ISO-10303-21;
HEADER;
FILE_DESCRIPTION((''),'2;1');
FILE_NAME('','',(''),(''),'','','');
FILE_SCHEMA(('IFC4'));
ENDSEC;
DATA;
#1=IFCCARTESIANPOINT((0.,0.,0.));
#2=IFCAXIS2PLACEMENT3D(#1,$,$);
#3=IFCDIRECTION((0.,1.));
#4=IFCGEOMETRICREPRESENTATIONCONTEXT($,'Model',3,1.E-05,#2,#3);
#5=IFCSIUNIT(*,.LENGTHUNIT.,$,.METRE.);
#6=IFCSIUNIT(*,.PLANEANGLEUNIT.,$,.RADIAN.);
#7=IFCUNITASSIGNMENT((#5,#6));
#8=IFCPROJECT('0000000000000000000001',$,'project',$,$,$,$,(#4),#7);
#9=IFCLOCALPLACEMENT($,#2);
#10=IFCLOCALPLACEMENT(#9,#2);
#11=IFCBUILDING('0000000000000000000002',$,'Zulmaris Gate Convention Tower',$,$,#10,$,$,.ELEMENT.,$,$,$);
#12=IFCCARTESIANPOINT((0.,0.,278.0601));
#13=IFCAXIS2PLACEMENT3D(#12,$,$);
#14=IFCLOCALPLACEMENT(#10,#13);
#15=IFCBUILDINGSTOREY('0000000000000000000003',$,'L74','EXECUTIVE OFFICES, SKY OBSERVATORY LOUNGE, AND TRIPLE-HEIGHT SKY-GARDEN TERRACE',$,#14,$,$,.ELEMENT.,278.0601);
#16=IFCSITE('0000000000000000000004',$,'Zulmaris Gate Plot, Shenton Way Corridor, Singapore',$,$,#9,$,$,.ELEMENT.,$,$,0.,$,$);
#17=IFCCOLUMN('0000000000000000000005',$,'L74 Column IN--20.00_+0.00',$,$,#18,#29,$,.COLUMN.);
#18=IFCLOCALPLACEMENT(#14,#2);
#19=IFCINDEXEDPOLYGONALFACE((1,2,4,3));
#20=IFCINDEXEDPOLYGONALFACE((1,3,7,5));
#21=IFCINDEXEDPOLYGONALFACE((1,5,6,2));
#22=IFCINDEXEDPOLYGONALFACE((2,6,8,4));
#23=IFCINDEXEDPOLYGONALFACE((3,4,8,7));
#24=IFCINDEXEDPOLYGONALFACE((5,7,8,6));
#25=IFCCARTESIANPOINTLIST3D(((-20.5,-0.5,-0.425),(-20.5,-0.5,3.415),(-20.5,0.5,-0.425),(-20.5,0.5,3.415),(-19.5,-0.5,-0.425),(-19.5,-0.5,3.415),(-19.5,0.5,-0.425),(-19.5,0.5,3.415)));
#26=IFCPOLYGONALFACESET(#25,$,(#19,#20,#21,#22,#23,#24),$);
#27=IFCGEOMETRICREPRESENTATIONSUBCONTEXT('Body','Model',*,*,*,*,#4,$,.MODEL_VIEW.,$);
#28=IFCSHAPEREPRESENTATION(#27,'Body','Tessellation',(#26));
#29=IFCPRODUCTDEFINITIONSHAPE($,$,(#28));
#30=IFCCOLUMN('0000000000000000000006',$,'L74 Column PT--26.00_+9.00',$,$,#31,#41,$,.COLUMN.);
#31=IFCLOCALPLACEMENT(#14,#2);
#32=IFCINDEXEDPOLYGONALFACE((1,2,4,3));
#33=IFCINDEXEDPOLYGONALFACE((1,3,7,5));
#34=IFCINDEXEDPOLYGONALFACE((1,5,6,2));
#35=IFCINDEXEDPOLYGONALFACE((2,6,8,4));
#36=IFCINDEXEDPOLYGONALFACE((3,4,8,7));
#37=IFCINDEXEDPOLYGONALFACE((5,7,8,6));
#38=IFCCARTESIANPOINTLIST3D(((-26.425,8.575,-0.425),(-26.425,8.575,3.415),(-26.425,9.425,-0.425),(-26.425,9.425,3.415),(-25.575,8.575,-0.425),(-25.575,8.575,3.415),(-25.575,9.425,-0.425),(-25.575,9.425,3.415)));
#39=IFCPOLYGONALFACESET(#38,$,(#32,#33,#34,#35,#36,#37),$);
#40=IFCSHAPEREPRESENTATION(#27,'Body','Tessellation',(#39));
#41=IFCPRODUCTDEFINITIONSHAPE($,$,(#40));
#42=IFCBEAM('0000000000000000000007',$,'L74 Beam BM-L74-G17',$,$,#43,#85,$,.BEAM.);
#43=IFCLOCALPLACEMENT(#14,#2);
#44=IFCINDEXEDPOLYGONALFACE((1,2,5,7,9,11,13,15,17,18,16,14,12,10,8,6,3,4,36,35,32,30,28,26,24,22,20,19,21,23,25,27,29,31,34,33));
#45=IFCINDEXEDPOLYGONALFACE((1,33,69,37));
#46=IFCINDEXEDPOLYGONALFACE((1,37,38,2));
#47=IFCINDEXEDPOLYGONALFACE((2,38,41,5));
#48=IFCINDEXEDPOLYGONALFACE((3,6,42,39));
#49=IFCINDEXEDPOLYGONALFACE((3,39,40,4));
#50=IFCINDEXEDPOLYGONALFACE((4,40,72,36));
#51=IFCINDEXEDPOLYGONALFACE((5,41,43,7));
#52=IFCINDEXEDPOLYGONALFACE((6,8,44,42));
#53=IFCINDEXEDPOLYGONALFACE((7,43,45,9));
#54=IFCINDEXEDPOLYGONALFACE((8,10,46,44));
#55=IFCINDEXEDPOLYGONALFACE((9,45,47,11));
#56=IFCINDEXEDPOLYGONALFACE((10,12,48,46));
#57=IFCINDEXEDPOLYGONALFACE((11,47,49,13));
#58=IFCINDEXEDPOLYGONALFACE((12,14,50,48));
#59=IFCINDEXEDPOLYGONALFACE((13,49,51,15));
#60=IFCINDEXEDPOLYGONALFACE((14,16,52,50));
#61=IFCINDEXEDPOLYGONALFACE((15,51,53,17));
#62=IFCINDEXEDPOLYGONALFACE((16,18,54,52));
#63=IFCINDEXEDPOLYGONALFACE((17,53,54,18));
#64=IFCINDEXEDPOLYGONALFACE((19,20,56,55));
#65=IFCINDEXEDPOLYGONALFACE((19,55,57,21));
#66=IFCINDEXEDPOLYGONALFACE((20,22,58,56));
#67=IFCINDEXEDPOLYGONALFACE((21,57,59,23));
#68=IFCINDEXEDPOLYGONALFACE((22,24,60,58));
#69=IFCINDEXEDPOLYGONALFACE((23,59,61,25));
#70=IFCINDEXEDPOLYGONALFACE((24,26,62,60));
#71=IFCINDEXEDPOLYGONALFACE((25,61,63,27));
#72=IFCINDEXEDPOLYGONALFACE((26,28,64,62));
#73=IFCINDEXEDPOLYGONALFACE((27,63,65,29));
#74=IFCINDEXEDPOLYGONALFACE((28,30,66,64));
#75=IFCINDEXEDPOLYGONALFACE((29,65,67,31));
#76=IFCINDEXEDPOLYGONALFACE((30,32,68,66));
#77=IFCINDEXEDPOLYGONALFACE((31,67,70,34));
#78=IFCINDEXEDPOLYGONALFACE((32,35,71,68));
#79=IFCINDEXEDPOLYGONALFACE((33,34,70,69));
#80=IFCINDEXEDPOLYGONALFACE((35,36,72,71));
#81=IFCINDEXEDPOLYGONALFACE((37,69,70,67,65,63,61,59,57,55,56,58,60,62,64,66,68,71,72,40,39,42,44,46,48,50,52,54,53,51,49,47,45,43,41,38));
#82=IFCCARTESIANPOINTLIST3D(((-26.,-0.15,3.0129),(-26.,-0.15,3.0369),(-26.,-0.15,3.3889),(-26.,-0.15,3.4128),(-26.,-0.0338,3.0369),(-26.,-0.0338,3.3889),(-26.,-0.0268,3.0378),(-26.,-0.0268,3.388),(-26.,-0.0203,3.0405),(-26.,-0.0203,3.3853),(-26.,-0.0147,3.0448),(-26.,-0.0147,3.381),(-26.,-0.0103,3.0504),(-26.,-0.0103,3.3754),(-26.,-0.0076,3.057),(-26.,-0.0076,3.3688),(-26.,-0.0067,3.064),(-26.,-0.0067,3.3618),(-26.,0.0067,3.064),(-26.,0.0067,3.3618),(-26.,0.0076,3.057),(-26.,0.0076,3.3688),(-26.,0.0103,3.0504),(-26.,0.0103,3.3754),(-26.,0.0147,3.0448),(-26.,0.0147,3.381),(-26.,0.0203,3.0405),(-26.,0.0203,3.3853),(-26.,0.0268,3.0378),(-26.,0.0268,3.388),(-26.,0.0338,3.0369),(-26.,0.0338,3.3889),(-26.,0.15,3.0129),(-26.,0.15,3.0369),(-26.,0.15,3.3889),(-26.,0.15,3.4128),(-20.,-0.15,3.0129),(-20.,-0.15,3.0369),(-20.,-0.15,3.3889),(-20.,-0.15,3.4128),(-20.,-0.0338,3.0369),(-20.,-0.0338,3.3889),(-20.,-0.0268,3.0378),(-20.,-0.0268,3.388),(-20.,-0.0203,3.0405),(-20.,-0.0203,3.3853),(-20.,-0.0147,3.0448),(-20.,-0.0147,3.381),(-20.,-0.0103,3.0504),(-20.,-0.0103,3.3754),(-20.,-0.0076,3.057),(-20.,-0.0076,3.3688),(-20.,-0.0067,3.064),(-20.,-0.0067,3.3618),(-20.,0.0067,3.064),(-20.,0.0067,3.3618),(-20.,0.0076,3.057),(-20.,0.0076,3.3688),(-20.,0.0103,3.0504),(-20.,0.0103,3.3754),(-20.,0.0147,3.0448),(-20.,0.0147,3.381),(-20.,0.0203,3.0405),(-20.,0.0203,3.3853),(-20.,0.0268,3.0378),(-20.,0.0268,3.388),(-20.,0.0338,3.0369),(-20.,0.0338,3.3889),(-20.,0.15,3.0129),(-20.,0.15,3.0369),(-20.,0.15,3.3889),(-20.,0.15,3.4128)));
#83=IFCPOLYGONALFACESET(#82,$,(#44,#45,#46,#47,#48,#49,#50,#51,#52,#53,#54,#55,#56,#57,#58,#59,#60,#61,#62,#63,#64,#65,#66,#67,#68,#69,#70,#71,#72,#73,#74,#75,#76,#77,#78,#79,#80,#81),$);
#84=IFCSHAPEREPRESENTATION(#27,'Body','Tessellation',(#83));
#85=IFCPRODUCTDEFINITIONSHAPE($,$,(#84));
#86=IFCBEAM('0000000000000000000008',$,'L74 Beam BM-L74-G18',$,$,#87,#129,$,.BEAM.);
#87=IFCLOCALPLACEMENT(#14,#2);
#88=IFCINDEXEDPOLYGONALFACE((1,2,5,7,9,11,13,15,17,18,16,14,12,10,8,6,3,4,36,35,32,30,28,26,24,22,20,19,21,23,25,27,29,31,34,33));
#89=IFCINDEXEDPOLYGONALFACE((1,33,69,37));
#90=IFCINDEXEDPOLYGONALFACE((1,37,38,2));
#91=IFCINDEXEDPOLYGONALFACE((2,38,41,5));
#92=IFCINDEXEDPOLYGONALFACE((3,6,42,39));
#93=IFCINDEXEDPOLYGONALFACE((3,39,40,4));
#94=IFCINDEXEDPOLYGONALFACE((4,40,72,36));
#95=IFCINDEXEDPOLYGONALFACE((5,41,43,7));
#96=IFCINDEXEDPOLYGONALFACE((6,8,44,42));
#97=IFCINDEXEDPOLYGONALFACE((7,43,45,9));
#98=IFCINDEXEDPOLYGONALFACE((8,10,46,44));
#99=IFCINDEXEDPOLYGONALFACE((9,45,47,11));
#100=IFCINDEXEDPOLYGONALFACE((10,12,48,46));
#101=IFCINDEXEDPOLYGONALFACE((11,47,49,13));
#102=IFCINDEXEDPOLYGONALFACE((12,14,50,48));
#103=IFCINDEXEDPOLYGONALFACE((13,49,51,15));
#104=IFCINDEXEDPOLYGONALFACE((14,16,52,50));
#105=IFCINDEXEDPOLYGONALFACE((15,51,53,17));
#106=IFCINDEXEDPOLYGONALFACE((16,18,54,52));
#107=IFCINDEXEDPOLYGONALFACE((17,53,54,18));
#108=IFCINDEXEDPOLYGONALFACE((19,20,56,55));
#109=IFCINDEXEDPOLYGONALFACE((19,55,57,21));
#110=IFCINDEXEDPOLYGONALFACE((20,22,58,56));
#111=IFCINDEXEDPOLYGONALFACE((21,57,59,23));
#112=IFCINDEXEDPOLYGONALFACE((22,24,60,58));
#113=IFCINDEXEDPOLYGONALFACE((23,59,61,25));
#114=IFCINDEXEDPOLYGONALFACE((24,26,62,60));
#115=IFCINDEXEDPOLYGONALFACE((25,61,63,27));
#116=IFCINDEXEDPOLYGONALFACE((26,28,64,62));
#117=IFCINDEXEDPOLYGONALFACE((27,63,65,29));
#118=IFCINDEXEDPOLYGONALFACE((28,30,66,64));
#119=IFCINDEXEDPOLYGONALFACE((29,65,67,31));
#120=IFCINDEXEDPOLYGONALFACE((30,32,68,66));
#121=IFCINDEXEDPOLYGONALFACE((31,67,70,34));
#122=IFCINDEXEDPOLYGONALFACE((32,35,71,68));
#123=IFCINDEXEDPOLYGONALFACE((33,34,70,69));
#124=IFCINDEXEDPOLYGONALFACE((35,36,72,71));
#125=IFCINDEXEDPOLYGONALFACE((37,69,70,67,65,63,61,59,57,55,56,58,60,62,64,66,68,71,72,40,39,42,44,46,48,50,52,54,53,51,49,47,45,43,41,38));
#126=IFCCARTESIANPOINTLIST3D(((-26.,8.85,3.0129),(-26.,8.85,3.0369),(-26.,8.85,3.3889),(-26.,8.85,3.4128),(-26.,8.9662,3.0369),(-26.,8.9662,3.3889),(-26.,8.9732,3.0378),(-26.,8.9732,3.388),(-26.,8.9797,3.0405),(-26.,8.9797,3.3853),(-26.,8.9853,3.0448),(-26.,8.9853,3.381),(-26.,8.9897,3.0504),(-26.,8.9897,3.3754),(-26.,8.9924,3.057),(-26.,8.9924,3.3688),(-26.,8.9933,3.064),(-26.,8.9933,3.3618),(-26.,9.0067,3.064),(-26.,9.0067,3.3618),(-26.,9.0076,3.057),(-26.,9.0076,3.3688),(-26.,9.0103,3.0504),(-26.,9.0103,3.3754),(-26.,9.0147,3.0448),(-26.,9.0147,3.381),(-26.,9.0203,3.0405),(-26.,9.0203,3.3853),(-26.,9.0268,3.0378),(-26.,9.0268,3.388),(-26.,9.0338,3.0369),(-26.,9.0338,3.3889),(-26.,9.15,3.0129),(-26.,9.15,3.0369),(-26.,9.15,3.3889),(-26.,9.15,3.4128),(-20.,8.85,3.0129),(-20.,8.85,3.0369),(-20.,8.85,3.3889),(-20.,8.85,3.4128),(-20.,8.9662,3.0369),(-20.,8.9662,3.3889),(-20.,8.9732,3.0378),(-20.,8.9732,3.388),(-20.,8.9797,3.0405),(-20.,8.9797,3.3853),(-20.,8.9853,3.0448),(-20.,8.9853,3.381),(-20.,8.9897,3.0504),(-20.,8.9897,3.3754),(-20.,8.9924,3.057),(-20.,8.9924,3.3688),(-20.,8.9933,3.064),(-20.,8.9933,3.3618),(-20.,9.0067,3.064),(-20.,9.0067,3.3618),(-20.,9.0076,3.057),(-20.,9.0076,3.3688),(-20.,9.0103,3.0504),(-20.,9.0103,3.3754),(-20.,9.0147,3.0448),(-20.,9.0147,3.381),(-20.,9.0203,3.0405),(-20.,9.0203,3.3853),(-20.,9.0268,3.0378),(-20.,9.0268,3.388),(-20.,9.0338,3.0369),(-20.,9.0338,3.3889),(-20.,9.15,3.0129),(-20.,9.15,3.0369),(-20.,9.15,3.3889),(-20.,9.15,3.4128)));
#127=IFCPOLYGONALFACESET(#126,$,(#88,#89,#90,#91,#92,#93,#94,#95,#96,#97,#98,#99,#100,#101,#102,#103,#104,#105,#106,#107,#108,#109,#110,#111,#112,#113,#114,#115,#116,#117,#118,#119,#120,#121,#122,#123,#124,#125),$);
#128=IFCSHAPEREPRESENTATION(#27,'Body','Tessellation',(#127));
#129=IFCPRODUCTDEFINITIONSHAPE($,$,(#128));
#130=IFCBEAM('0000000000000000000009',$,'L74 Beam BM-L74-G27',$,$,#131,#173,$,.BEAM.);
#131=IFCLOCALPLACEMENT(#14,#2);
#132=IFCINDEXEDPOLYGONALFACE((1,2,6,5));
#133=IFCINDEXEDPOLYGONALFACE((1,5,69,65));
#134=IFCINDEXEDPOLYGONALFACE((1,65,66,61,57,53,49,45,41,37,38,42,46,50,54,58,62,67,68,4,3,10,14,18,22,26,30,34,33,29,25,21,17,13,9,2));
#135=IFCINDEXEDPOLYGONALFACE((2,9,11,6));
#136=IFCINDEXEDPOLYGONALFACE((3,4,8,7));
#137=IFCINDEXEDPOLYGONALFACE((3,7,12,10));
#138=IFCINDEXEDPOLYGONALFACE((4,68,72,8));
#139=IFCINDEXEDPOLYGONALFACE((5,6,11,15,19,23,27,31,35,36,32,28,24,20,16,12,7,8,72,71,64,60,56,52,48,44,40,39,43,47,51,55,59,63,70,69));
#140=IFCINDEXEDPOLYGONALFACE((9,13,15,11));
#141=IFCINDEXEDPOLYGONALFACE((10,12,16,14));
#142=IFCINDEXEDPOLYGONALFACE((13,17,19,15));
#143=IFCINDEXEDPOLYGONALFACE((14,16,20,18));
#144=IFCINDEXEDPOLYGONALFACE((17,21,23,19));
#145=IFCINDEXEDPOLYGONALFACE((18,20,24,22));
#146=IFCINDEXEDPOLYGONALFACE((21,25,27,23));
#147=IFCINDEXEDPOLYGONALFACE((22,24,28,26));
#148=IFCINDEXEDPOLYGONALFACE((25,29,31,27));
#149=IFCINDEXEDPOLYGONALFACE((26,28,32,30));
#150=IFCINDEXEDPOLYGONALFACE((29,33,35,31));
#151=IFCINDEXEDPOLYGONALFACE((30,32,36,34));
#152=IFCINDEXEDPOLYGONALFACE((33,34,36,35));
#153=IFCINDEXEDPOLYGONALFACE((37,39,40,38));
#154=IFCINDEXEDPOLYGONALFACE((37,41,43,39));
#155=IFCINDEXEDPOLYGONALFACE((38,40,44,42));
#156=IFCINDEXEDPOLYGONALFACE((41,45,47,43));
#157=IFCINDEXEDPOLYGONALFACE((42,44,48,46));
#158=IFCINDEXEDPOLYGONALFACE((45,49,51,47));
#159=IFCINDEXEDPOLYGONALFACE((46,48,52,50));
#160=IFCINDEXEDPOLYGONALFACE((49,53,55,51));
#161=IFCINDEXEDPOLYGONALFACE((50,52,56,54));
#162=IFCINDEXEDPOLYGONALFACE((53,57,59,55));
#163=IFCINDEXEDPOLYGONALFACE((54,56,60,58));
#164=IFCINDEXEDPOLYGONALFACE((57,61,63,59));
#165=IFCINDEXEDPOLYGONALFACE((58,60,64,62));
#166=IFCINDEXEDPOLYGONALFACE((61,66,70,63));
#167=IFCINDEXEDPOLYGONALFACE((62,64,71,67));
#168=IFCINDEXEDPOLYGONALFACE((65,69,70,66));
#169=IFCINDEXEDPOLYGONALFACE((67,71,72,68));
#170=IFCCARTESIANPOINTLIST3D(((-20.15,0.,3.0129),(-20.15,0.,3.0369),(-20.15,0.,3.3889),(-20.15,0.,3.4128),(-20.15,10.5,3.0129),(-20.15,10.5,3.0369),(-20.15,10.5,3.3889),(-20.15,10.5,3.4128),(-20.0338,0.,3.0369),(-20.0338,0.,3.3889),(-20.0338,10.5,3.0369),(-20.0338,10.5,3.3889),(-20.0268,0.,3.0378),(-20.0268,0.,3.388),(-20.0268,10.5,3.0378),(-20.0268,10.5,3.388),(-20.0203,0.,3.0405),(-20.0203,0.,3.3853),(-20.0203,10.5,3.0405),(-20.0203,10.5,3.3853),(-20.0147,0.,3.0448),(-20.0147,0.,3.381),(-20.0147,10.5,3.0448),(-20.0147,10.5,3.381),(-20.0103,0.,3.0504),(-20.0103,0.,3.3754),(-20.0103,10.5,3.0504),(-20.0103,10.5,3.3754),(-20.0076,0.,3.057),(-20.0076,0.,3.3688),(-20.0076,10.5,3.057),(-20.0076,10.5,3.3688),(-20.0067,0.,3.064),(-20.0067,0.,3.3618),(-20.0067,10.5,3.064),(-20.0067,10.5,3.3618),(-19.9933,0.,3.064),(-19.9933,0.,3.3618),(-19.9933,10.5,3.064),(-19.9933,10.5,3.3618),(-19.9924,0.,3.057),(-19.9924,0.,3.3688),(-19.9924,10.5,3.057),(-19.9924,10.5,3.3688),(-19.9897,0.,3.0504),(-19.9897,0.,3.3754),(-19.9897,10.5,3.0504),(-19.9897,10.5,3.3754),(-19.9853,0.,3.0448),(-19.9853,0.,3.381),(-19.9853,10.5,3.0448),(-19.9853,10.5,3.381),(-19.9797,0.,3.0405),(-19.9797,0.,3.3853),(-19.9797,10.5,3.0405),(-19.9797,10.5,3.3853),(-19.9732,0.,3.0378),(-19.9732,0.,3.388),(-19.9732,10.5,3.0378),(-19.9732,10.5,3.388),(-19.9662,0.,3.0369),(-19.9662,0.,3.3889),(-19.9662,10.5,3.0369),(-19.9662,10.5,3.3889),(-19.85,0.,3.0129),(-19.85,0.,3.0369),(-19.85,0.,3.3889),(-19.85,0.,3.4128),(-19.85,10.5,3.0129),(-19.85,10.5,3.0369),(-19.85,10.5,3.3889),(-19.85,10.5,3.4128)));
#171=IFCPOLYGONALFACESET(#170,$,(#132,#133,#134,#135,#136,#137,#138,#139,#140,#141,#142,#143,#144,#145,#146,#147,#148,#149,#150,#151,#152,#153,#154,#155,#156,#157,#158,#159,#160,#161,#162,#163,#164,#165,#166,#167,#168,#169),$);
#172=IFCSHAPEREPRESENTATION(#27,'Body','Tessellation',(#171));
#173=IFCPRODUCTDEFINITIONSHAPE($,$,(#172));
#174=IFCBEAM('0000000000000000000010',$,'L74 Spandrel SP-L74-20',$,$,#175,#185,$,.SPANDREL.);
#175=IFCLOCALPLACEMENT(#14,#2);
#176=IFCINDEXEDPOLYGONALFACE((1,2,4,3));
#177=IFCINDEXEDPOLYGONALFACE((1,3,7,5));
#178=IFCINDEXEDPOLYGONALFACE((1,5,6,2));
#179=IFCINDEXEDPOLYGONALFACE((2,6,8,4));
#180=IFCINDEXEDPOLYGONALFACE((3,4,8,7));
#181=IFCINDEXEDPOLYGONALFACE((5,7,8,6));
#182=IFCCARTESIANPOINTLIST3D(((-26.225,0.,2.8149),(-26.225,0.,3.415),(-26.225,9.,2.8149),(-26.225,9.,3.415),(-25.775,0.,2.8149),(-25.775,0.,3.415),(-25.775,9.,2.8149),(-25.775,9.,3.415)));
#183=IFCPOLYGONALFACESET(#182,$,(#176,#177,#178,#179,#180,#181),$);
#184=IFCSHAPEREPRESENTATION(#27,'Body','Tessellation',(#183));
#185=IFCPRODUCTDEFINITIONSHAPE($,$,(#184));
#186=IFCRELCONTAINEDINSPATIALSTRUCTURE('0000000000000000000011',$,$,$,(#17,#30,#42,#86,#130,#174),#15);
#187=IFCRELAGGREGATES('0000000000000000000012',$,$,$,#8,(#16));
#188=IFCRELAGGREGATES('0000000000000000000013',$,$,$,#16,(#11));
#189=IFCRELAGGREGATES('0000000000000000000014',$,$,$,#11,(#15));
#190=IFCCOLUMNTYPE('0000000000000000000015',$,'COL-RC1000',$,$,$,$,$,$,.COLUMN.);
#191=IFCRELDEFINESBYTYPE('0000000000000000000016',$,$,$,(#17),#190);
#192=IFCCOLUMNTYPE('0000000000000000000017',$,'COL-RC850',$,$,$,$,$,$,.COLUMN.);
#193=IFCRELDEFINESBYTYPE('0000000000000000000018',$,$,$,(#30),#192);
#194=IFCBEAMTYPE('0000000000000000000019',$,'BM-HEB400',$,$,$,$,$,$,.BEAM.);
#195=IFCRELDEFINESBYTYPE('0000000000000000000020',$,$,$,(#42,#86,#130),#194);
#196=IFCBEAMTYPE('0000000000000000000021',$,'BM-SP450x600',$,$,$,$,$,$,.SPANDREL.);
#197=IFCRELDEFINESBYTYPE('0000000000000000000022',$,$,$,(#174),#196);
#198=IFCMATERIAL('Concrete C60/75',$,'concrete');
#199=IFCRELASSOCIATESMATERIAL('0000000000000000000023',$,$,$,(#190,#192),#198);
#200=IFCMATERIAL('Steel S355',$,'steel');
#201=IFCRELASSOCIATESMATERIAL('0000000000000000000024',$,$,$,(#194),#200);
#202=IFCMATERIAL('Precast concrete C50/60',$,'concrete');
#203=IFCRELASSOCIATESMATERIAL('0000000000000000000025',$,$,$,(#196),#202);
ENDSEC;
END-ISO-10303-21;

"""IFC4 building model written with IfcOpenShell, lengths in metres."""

from ifc_helpers import new_model, si_unit, direction, frame, origin, origin_2d, place, context, subcontext, project, spatial, rectangle, i_section, extrude, material, material_profile, profile_set, type_object, element, save


model = new_model("IFC4")

# Units and contexts
model_context = context("Model", 3, precision=1e-05, world=origin(), true_north=direction((0.0, 1.0)))
body_context = subcontext(model_context, "Body", "Model", "MODEL_VIEW")
ifc_project = project(units=[si_unit("LENGTHUNIT", "METRE"), si_unit("PLANEANGLEUNIT", "RADIAN")], contexts=[model_context])

# Site, building, storey
site_placement = place(None, origin())
site = spatial("IfcSite", under=ifc_project, at=site_placement, Name="Zulmaris Gate Plot, Shenton Way Corridor, Singapore", CompositionType="ELEMENT", RefElevation=0.0)
building_placement = place(site_placement, origin())
building = spatial("IfcBuilding", under=site, at=building_placement, Name="Zulmaris Gate Convention Tower", CompositionType="ELEMENT")
storey_placement = place(building_placement, frame((0.0, 0.0, 278.0601)))
storey = spatial("IfcBuildingStorey", under=building, at=storey_placement, Name="L74", Description="EXECUTIVE OFFICES, SKY OBSERVATORY LOUNGE, AND TRIPLE-HEIGHT SKY-GARDEN TERRACE", CompositionType="ELEMENT", Elevation=278.0601)

# Columns
ifc_material_1 = material(Name="Concrete C60/75", Category="concrete")
ifc_material_profile_1 = material_profile(ifc_material_1, rectangle(XDim=1.0, YDim=1.0, at=origin_2d()), Name="RC COL 1000x1000")
ifc_profile_set_1 = profile_set([ifc_material_profile_1], Name="Concrete C60/75")
column_type_1 = type_object("IfcColumnType", Name="COL-RC1000", PredefinedType="COLUMN", material=ifc_profile_set_1)
column_1_placement = place(storey_placement, frame((-20.0, 0.0, -0.425), z_axis=(0.0, 0.0, 1.0), x_axis=(1.0, 0.0, 0.0)))
element("IfcColumn", 1, at=column_1_placement, inside=storey, type_object=column_type_1, Name="L74 Column IN--20.00_+0.00", PredefinedType="COLUMN", context=body_context, shape_type="SweptSolid", body=[
    extrude(rectangle(XDim=1.0, YDim=1.0, at=origin_2d()), origin(), (0.0, 0.0, 1.0), 3.8401),
])
ifc_material_profile_2 = material_profile(ifc_material_1, rectangle(XDim=0.8501, YDim=0.8501, at=origin_2d()), Name="RC COL 850x850")
ifc_profile_set_2 = profile_set([ifc_material_profile_2], Name="Concrete C60/75")
column_type_2 = type_object("IfcColumnType", Name="COL-RC850", PredefinedType="COLUMN", material=ifc_profile_set_2)
column_2_placement = place(storey_placement, frame((-26.0, 9.0, -0.425), z_axis=(0.0, 0.0, 1.0), x_axis=(1.0, 0.0, 0.0)))
element("IfcColumn", 2, at=column_2_placement, inside=storey, type_object=column_type_2, Name="L74 Column PT--26.00_+9.00", PredefinedType="COLUMN", context=body_context, shape_type="SweptSolid", body=[
    extrude(rectangle(XDim=0.8501, YDim=0.8501, at=origin_2d()), origin(), (0.0, 0.0, 1.0), 3.8401),
])

# Beams
ifc_material_2 = material(Name="Steel S355", Category="steel")
ifc_material_profile_3 = material_profile(ifc_material_2, i_section(OverallWidth=0.3, OverallDepth=0.3999, WebThickness=0.0134, FlangeThickness=0.0239, FilletRadius=0.0271, at=origin_2d()), Name="HEB 400")
ifc_profile_set_3 = profile_set([ifc_material_profile_3], Name="Steel S355")
beam_type_1 = type_object("IfcBeamType", Name="BM-HEB400", PredefinedType="BEAM", material=ifc_profile_set_3)
for number, where, z_axis, x_axis, name in (
    (3, (-26.0, 0.0, 3.2129), (1.0, 0.0, 0.0), (0.0, 1.0, 0.0), "L74 Beam BM-L74-G17"),
    (4, (-26.0, 9.0, 3.2129), (1.0, 0.0, 0.0), (0.0, 1.0, 0.0), "L74 Beam BM-L74-G18"),
):
    element("IfcBeam", number, at=place(storey_placement, frame(where, z_axis=z_axis, x_axis=x_axis)), inside=storey, type_object=beam_type_1, Name=name, PredefinedType="BEAM", context=body_context, shape_type="SweptSolid", body=[
        extrude(i_section(OverallWidth=0.3, OverallDepth=0.3999, WebThickness=0.0134, FlangeThickness=0.0239, FilletRadius=0.0271, at=origin_2d()), origin(), (0.0, 0.0, 1.0), 6.0),
    ])
beam_1_placement = place(storey_placement, frame((-20.0, 0.0, 3.2129), z_axis=(0.0, 1.0, 0.0), x_axis=(-1.0, 0.0, 0.0)))
element("IfcBeam", 5, at=beam_1_placement, inside=storey, type_object=beam_type_1, Name="L74 Beam BM-L74-G27", PredefinedType="BEAM", context=body_context, shape_type="SweptSolid", body=[
    extrude(i_section(OverallWidth=0.3, OverallDepth=0.3999, WebThickness=0.0134, FlangeThickness=0.0239, FilletRadius=0.0271, at=origin_2d()), origin(), (0.0, 0.0, 1.0), 10.5),
])
ifc_material_3 = material(Name="Precast concrete C50/60", Category="concrete")
ifc_material_profile_4 = material_profile(ifc_material_3, rectangle(XDim=0.45, YDim=0.6001, at=origin_2d()), Name="RC SPANDREL 450x600")
ifc_profile_set_4 = profile_set([ifc_material_profile_4], Name="Precast concrete C50/60")
beam_type_2 = type_object("IfcBeamType", Name="BM-SP450x600", PredefinedType="SPANDREL", material=ifc_profile_set_4)
beam_2_placement = place(storey_placement, frame((-26.0, 9.0, 3.115), z_axis=(0.0, -1.0, 0.0), x_axis=(1.0, 0.0, 0.0)))
element("IfcBeam", 6, at=beam_2_placement, inside=storey, type_object=beam_type_2, Name="L74 Spandrel SP-L74-20", PredefinedType="SPANDREL", context=body_context, shape_type="SweptSolid", body=[
    extrude(rectangle(XDim=0.45, YDim=0.6001, at=origin_2d()), origin(), (0.0, 0.0, 1.0), 9.0),
])

save(model, "model.ifc")
